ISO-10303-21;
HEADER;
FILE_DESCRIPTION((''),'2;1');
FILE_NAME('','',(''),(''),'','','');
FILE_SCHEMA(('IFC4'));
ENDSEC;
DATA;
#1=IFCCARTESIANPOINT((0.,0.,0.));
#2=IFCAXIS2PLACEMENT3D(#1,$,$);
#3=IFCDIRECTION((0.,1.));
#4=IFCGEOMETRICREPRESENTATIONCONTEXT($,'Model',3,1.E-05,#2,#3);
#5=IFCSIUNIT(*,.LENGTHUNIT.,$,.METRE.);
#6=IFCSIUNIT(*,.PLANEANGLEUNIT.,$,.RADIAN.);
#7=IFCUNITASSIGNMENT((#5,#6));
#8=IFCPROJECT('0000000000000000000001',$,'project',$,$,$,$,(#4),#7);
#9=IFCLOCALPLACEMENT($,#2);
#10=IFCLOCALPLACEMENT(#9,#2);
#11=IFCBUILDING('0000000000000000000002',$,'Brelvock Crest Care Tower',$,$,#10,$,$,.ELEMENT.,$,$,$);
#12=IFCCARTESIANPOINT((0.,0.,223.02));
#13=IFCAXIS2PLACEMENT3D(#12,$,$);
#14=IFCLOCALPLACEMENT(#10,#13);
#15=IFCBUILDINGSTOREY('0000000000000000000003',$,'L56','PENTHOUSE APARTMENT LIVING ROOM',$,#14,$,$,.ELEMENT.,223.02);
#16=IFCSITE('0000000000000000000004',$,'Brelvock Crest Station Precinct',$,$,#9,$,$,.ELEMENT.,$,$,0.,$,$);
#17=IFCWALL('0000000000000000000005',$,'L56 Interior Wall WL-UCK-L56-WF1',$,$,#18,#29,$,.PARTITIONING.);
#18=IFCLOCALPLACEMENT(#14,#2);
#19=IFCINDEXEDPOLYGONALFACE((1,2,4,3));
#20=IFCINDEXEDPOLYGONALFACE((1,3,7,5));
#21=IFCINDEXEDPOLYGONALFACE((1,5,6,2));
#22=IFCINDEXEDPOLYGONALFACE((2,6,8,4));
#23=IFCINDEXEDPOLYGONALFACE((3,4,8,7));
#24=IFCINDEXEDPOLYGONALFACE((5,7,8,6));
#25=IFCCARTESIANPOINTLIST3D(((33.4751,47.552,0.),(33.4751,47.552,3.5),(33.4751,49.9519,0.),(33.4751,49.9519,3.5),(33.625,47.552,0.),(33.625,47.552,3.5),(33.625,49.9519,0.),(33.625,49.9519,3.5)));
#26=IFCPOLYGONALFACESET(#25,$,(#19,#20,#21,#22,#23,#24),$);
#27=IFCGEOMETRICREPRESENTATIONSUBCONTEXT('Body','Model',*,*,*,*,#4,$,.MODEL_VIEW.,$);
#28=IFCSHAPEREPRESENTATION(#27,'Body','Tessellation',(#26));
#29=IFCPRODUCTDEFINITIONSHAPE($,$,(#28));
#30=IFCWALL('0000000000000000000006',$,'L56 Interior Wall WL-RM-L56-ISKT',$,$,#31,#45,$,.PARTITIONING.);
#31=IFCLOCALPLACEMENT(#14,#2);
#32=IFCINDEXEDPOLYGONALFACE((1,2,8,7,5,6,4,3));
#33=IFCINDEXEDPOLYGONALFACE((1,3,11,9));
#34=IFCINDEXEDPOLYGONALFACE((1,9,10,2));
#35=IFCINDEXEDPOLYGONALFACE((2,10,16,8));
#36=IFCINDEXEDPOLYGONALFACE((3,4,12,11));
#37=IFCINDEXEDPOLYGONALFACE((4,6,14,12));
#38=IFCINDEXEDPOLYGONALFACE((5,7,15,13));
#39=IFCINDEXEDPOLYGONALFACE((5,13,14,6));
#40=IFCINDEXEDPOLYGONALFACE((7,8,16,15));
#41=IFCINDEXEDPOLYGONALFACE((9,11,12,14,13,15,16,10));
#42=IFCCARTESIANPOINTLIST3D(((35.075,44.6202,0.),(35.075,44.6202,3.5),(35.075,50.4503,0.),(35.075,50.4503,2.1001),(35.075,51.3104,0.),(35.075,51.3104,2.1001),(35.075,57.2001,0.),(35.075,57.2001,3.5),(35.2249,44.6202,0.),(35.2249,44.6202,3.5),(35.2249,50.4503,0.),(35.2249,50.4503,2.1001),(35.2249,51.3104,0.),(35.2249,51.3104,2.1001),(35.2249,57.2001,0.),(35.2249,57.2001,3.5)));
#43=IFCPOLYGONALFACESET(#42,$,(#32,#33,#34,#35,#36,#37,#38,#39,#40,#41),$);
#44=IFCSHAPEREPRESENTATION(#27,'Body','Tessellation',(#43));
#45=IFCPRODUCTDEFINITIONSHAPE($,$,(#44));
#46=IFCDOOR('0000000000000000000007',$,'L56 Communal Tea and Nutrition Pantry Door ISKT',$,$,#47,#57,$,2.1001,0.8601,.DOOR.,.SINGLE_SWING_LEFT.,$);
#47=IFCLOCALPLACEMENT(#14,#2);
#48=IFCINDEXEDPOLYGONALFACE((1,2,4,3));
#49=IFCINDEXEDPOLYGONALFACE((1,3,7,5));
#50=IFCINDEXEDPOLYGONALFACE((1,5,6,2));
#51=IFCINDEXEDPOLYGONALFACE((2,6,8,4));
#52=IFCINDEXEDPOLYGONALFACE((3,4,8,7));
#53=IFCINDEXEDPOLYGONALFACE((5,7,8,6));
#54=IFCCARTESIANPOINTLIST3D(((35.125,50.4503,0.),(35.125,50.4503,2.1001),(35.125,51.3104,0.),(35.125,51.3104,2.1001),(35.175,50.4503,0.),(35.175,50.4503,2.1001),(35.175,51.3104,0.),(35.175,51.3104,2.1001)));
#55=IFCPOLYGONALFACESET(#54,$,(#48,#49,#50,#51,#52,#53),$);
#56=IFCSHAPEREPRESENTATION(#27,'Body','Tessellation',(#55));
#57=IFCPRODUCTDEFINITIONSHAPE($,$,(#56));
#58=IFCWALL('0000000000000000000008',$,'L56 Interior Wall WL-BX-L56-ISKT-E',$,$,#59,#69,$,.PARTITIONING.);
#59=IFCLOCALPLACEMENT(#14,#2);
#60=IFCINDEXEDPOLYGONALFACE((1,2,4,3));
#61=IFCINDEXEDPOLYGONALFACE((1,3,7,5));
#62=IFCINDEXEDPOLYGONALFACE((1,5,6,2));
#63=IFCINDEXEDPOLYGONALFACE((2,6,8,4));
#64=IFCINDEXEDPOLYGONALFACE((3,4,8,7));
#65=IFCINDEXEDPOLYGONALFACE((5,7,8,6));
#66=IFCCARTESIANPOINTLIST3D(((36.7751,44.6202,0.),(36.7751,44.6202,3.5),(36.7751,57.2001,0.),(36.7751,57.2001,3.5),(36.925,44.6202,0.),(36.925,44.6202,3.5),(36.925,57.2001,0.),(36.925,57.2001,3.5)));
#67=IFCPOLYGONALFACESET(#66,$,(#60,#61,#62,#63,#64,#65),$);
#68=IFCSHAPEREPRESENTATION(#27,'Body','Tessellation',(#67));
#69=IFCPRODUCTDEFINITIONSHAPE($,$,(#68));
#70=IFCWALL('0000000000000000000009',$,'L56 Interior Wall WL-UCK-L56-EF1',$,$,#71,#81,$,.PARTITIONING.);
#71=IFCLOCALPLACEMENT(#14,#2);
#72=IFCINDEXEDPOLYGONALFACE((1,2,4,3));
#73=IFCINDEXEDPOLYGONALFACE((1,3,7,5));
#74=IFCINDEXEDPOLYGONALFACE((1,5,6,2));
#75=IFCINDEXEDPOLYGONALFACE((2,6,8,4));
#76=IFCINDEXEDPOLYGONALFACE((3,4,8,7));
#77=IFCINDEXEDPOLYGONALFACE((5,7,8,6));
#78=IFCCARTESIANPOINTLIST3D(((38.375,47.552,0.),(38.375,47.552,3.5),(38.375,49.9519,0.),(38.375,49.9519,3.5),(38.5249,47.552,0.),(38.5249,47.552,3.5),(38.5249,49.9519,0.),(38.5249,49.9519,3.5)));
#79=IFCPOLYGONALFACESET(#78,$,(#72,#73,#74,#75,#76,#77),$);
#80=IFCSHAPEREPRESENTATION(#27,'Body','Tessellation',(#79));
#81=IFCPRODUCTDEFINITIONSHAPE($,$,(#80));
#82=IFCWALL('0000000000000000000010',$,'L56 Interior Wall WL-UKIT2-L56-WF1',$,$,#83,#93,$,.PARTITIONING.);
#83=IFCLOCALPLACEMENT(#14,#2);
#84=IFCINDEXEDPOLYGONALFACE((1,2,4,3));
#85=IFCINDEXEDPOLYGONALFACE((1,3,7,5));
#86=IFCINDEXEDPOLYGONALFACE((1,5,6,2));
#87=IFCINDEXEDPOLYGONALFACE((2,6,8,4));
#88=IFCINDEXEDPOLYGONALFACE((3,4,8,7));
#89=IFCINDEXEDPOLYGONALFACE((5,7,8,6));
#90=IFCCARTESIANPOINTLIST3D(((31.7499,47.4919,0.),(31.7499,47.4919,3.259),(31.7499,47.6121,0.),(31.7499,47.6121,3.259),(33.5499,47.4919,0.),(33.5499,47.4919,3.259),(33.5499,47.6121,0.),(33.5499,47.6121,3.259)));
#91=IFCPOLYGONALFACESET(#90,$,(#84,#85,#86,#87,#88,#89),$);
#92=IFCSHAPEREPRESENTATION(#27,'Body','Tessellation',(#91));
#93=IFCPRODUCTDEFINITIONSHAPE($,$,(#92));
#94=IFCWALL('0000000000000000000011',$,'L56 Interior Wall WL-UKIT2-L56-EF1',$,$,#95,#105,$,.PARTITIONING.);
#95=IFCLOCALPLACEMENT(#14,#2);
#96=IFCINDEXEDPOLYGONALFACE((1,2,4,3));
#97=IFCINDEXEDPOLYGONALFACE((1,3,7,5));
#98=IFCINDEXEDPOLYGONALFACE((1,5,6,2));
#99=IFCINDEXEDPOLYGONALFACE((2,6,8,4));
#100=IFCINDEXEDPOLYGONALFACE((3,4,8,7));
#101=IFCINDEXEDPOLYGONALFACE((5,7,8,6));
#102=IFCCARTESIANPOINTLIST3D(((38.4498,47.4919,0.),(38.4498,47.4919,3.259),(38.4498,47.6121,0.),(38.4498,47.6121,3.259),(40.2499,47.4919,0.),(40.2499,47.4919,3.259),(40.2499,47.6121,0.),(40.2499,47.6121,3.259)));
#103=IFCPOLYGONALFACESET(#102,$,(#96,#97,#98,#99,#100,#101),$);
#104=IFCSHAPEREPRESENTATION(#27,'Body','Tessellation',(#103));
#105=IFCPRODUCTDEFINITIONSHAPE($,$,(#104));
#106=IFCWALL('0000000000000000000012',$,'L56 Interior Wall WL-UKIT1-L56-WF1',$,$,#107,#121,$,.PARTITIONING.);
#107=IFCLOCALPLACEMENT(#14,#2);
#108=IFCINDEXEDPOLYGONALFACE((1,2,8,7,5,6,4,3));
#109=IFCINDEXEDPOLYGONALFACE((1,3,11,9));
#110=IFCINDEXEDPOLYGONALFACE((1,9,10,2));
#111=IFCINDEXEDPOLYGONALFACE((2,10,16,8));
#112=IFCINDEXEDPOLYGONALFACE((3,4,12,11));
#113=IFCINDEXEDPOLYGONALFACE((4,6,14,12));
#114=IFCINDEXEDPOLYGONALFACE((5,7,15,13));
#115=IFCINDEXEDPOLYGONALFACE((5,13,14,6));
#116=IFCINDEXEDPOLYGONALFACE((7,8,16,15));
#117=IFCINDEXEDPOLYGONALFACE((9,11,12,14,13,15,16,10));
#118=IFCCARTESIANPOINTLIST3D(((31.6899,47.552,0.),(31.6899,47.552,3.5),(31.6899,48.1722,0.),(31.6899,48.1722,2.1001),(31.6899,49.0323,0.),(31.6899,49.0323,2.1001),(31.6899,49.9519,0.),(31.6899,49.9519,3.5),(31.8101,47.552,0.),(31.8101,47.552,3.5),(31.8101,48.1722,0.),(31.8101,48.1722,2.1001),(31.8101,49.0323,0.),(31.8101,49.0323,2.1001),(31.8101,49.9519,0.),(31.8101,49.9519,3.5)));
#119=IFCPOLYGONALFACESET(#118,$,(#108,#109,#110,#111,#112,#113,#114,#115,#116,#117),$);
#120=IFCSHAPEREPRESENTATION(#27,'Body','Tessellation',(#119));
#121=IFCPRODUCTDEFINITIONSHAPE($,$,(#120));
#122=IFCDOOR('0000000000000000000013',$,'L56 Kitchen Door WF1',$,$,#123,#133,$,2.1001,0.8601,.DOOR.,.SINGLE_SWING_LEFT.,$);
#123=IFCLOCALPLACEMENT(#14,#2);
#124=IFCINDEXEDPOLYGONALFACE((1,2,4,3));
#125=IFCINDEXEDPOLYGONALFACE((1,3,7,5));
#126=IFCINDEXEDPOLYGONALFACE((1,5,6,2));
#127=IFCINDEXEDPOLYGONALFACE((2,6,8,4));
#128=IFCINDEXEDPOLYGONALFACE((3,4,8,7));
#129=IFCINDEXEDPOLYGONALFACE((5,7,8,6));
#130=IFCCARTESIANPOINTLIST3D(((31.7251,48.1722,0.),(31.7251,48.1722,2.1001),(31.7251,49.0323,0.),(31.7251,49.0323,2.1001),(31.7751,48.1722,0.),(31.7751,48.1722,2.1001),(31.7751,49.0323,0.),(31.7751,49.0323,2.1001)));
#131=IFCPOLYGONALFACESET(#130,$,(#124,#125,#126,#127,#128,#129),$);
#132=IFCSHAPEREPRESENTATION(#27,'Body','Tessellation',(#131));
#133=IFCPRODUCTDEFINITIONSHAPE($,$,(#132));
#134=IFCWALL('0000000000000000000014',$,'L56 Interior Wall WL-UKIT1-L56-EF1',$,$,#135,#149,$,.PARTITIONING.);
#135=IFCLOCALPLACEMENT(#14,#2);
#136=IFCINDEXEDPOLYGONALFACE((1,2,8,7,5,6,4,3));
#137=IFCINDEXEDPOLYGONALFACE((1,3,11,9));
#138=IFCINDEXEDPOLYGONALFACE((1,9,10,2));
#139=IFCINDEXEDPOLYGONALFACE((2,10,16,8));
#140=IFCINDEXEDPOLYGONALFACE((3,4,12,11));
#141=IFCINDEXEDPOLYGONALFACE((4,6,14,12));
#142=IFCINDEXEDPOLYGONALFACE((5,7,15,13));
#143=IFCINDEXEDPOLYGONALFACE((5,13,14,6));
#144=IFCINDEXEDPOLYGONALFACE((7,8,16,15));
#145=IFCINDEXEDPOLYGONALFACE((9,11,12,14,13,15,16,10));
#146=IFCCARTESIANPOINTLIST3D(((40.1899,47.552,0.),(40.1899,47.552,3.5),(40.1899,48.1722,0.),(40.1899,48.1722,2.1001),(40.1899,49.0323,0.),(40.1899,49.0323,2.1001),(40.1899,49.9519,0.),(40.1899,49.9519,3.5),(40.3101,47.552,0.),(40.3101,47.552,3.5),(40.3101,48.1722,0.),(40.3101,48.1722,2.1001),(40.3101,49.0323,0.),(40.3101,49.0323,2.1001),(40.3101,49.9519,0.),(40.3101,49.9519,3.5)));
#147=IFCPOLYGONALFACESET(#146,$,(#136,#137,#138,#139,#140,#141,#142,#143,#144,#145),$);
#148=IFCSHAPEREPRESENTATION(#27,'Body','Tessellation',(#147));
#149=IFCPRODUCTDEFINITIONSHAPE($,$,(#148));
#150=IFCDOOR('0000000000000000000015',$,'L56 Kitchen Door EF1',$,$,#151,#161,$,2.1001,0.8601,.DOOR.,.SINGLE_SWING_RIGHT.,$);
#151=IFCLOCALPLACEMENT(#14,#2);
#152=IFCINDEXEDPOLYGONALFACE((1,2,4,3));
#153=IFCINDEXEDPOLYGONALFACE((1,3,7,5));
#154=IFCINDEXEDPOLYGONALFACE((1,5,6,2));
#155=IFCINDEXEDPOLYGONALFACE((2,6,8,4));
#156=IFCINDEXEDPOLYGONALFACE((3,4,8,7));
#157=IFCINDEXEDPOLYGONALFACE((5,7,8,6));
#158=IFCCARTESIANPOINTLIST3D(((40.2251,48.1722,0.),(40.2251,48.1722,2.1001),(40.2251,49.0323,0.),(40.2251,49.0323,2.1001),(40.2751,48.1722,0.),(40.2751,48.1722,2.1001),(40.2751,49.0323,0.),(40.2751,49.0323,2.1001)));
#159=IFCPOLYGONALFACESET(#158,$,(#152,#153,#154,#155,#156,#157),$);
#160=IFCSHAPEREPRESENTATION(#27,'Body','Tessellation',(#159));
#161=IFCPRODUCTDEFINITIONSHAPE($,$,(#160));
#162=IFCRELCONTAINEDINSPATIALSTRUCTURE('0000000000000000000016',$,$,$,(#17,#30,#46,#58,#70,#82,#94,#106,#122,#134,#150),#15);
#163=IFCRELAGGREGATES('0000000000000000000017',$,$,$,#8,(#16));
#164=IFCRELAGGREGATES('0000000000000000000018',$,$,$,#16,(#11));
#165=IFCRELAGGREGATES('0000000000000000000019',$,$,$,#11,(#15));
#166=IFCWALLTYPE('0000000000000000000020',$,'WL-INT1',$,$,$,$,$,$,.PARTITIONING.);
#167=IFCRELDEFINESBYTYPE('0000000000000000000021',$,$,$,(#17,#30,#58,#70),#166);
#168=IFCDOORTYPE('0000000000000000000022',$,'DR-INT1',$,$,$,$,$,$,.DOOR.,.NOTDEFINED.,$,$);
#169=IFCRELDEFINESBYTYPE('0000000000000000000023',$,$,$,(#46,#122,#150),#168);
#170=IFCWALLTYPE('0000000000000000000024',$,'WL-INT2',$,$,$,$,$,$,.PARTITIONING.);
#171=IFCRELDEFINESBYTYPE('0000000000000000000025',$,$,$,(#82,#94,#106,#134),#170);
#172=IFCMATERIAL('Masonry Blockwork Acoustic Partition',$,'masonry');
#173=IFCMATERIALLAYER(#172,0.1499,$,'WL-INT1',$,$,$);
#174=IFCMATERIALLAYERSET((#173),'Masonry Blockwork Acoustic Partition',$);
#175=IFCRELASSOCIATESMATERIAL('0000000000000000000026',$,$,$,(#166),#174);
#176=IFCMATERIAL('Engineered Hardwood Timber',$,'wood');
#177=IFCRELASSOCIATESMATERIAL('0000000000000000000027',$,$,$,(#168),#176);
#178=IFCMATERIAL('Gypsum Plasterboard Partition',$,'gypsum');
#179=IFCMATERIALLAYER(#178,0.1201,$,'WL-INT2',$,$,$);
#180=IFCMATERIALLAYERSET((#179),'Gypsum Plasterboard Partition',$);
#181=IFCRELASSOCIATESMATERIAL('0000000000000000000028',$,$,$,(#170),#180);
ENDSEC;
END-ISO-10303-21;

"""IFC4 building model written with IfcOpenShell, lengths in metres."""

from ifc_helpers import new_model, si_unit, direction, frame, frame_2d, origin, origin_2d, place, context, subcontext, project, spatial, rectangle, extrude, source, transform, mapped, material, layer, layer_set, type_object, element, fill, save


model = new_model("IFC4")

# Units and contexts
model_context = context("Model", 3, precision=1e-05, world=origin(), true_north=direction((0.0, 1.0)))
body_context = subcontext(model_context, "Body", "Model", "MODEL_VIEW")
ifc_project = project(units=[si_unit("LENGTHUNIT", "METRE"), si_unit("PLANEANGLEUNIT", "RADIAN")], contexts=[model_context])

# Site, building, storey
site_placement = place(None, origin())
site = spatial("IfcSite", under=ifc_project, at=site_placement, Name="Brelvock Crest Station Precinct", CompositionType="ELEMENT", RefElevation=0.0)
building_placement = place(site_placement, origin())
building = spatial("IfcBuilding", under=site, at=building_placement, Name="Brelvock Crest Care Tower", CompositionType="ELEMENT")
storey_placement = place(building_placement, frame((0.0, 0.0, 223.02)))
storey = spatial("IfcBuildingStorey", under=building, at=storey_placement, Name="L56", Description="PENTHOUSE APARTMENT LIVING ROOM", CompositionType="ELEMENT", Elevation=223.02)

# Wall
ifc_material_1 = material(Name="Masonry Blockwork Acoustic Partition", Category="masonry")
ifc_layer_1 = layer(ifc_material_1, 0.1499, Name="WL-INT1")
ifc_layer_set_1 = layer_set([ifc_layer_1], Name="Masonry Blockwork Acoustic Partition")
wall_type_1 = type_object("IfcWallType", Name="WL-INT1", PredefinedType="PARTITIONING", material=ifc_layer_set_1)
wall_1_placement = place(storey_placement, frame((33.55, 47.552, 0.0), z_axis=(0.0, 0.0, 1.0), x_axis=(0.0, 1.0, 0.0)))
element("IfcWall", 1, at=wall_1_placement, inside=storey, type_object=wall_type_1, Name="L56 Interior Wall WL-UCK-L56-WF1", PredefinedType="PARTITIONING", context=body_context, shape_type="SweptSolid", body=[
    extrude(rectangle(XDim=2.3999, YDim=0.1499, at=frame_2d((1.2, 0.0))), origin(), (0.0, 0.0, 1.0), 3.5),
])

# Wall, opening, door
wall_2_placement = place(storey_placement, frame((35.1499, 44.6201, 0.0), z_axis=(0.0, 0.0, 1.0), x_axis=(0.0, 1.0, 0.0)))
wall_2 = element("IfcWall", 2, at=wall_2_placement, inside=storey, type_object=wall_type_1, Name="L56 Interior Wall WL-RM-L56-ISKT", PredefinedType="PARTITIONING", context=body_context, shape_type="SweptSolid", body=[
    extrude(rectangle(XDim=12.5798, YDim=0.1499, at=frame_2d((6.29, 0.0))), origin(), (0.0, 0.0, 1.0), 3.5),
])
opening_1_placement = place(wall_2_placement, frame((5.8301, 0.0, 0.0)))
opening_1 = element("IfcOpeningElement", 3, at=opening_1_placement, cuts=wall_2, PredefinedType="OPENING", context=body_context, shape_type="SweptSolid", body=[
    extrude(rectangle(XDim=0.8601, YDim=2.1001, at=origin_2d()), frame((0.4302, 0.085, 1.05), z_axis=(0.0, -1.0, 0.0), x_axis=(1.0, 0.0, 0.0)), (0.0, 0.0, 1.0), 0.1699),
])
ifc_material_2 = material(Name="Engineered Hardwood Timber", Category="wood")
door_type = type_object("IfcDoorType", Name="DR-INT1", OperationType="NOTDEFINED", PredefinedType="DOOR", material=ifc_material_2)
shared_shape_1 = source(origin(), body_context, "Body", "SweptSolid", [
    extrude(rectangle(XDim=0.8601, YDim=2.1001, at=origin_2d()), frame((0.4302, 0.0249, 1.05), z_axis=(0.0, -1.0, 0.0), x_axis=(1.0, 0.0, 0.0)), (0.0, 0.0, 1.0), 0.05),
])
door_1_placement = place(opening_1_placement, origin())
door_1 = element("IfcDoor", 4, at=door_1_placement, inside=storey, type_object=door_type, Name="L56 Communal Tea and Nutrition Pantry Door ISKT", OperationType="SINGLE_SWING_LEFT", OverallHeight=2.1001, OverallWidth=0.8601, PredefinedType="DOOR", context=body_context, shape_type="MappedRepresentation", body=[
    mapped(shared_shape_1, transform((0.0, 0.0, 0.0), x_axis=(1.0, 0.0, 0.0), y_axis=(0.0, 1.0, 0.0), z_axis=(0.0, 0.0, 1.0), scale=1.0)),
])
fill(opening_1, door_1)

# Walls
wall_3_placement = place(storey_placement, frame((36.8501, 44.6201, 0.0), z_axis=(0.0, 0.0, 1.0), x_axis=(0.0, 1.0, 0.0)))
element("IfcWall", 5, at=wall_3_placement, inside=storey, type_object=wall_type_1, Name="L56 Interior Wall WL-BX-L56-ISKT-E", PredefinedType="PARTITIONING", context=body_context, shape_type="SweptSolid", body=[
    extrude(rectangle(XDim=12.5798, YDim=0.1499, at=frame_2d((6.29, 0.0))), origin(), (0.0, 0.0, 1.0), 3.5),
])
wall_4_placement = place(storey_placement, frame((38.45, 47.552, 0.0), z_axis=(0.0, 0.0, 1.0), x_axis=(0.0, 1.0, 0.0)))
element("IfcWall", 6, at=wall_4_placement, inside=storey, type_object=wall_type_1, Name="L56 Interior Wall WL-UCK-L56-EF1", PredefinedType="PARTITIONING", context=body_context, shape_type="SweptSolid", body=[
    extrude(rectangle(XDim=2.3999, YDim=0.1499, at=frame_2d((1.2, 0.0))), origin(), (0.0, 0.0, 1.0), 3.5),
])
ifc_material_3 = material(Name="Gypsum Plasterboard Partition", Category="gypsum")
ifc_layer_2 = layer(ifc_material_3, 0.1201, Name="WL-INT2")
ifc_layer_set_2 = layer_set([ifc_layer_2], Name="Gypsum Plasterboard Partition")
wall_type_2 = type_object("IfcWallType", Name="WL-INT2", PredefinedType="PARTITIONING", material=ifc_layer_set_2)
for number, where, z_axis, x_axis, name in (
    (7, (31.75, 47.552, 0.0), (0.0, 0.0, 1.0), (1.0, 0.0, 0.0), "L56 Interior Wall WL-UKIT2-L56-WF1"),
    (8, (38.45, 47.552, 0.0), (0.0, 0.0, 1.0), (1.0, 0.0, 0.0), "L56 Interior Wall WL-UKIT2-L56-EF1"),
):
    element("IfcWall", number, at=place(storey_placement, frame(where, z_axis=z_axis, x_axis=x_axis)), inside=storey, type_object=wall_type_2, Name=name, PredefinedType="PARTITIONING", context=body_context, shape_type="SweptSolid", body=[
        extrude(rectangle(XDim=1.8, YDim=0.1201, at=frame_2d((0.8999, 0.0))), origin(), (0.0, 0.0, 1.0), 3.259),
    ])

# Walls, openings, doors
wall_5_placement = place(storey_placement, frame((31.75, 47.552, 0.0), z_axis=(0.0, 0.0, 1.0), x_axis=(0.0, 1.0, 0.0)))
wall_5 = element("IfcWall", 9, at=wall_5_placement, inside=storey, type_object=wall_type_2, Name="L56 Interior Wall WL-UKIT1-L56-WF1", PredefinedType="PARTITIONING", context=body_context, shape_type="SweptSolid", body=[
    extrude(rectangle(XDim=2.3999, YDim=0.1201, at=frame_2d((1.2, 0.0))), origin(), (0.0, 0.0, 1.0), 3.5),
])
opening_2_placement = place(wall_5_placement, frame((0.6201, 0.0, 0.0)))
opening_2 = element("IfcOpeningElement", 10, at=opening_2_placement, cuts=wall_5, PredefinedType="OPENING", context=body_context, shape_type="SweptSolid", body=[
    extrude(rectangle(XDim=0.8601, YDim=2.1001, at=origin_2d()), frame((0.4302, 0.0701, 1.05), z_axis=(0.0, -1.0, 0.0), x_axis=(1.0, 0.0, 0.0)), (0.0, 0.0, 1.0), 0.1401),
])
door_2_placement = place(opening_2_placement, origin())
door_2 = element("IfcDoor", 11, at=door_2_placement, inside=storey, type_object=door_type, Name="L56 Kitchen Door WF1", OperationType="SINGLE_SWING_LEFT", OverallHeight=2.1001, OverallWidth=0.8601, PredefinedType="DOOR", context=body_context, shape_type="MappedRepresentation", body=[
    mapped(shared_shape_1, transform((0.0, 0.0, 0.0), x_axis=(1.0, 0.0, 0.0), y_axis=(0.0, 1.0, 0.0), z_axis=(0.0, 0.0, 1.0), scale=1.0)),
])
fill(opening_2, door_2)
wall_6_placement = place(storey_placement, frame((40.25, 47.552, 0.0), z_axis=(0.0, 0.0, 1.0), x_axis=(0.0, 1.0, 0.0)))
wall_6 = element("IfcWall", 12, at=wall_6_placement, inside=storey, type_object=wall_type_2, Name="L56 Interior Wall WL-UKIT1-L56-EF1", PredefinedType="PARTITIONING", context=body_context, shape_type="SweptSolid", body=[
    extrude(rectangle(XDim=2.3999, YDim=0.1201, at=frame_2d((1.2, 0.0))), origin(), (0.0, 0.0, 1.0), 3.5),
])
opening_3_placement = place(wall_6_placement, frame((0.6201, 0.0, 0.0)))
opening_3 = element("IfcOpeningElement", 13, at=opening_3_placement, cuts=wall_6, PredefinedType="OPENING", context=body_context, shape_type="SweptSolid", body=[
    extrude(rectangle(XDim=0.8601, YDim=2.1001, at=origin_2d()), frame((0.4302, 0.0701, 1.05), z_axis=(0.0, -1.0, 0.0), x_axis=(1.0, 0.0, 0.0)), (0.0, 0.0, 1.0), 0.1401),
])
door_3_placement = place(opening_3_placement, origin())
door_3 = element("IfcDoor", 14, at=door_3_placement, inside=storey, type_object=door_type, Name="L56 Kitchen Door EF1", OperationType="SINGLE_SWING_RIGHT", OverallHeight=2.1001, OverallWidth=0.8601, PredefinedType="DOOR", context=body_context, shape_type="MappedRepresentation", body=[
    mapped(shared_shape_1, transform((0.0, 0.0, 0.0), x_axis=(1.0, 0.0, 0.0), y_axis=(0.0, 1.0, 0.0), z_axis=(0.0, 0.0, 1.0), scale=1.0)),
])
fill(opening_3, door_3)

save(model, "model.ifc")
